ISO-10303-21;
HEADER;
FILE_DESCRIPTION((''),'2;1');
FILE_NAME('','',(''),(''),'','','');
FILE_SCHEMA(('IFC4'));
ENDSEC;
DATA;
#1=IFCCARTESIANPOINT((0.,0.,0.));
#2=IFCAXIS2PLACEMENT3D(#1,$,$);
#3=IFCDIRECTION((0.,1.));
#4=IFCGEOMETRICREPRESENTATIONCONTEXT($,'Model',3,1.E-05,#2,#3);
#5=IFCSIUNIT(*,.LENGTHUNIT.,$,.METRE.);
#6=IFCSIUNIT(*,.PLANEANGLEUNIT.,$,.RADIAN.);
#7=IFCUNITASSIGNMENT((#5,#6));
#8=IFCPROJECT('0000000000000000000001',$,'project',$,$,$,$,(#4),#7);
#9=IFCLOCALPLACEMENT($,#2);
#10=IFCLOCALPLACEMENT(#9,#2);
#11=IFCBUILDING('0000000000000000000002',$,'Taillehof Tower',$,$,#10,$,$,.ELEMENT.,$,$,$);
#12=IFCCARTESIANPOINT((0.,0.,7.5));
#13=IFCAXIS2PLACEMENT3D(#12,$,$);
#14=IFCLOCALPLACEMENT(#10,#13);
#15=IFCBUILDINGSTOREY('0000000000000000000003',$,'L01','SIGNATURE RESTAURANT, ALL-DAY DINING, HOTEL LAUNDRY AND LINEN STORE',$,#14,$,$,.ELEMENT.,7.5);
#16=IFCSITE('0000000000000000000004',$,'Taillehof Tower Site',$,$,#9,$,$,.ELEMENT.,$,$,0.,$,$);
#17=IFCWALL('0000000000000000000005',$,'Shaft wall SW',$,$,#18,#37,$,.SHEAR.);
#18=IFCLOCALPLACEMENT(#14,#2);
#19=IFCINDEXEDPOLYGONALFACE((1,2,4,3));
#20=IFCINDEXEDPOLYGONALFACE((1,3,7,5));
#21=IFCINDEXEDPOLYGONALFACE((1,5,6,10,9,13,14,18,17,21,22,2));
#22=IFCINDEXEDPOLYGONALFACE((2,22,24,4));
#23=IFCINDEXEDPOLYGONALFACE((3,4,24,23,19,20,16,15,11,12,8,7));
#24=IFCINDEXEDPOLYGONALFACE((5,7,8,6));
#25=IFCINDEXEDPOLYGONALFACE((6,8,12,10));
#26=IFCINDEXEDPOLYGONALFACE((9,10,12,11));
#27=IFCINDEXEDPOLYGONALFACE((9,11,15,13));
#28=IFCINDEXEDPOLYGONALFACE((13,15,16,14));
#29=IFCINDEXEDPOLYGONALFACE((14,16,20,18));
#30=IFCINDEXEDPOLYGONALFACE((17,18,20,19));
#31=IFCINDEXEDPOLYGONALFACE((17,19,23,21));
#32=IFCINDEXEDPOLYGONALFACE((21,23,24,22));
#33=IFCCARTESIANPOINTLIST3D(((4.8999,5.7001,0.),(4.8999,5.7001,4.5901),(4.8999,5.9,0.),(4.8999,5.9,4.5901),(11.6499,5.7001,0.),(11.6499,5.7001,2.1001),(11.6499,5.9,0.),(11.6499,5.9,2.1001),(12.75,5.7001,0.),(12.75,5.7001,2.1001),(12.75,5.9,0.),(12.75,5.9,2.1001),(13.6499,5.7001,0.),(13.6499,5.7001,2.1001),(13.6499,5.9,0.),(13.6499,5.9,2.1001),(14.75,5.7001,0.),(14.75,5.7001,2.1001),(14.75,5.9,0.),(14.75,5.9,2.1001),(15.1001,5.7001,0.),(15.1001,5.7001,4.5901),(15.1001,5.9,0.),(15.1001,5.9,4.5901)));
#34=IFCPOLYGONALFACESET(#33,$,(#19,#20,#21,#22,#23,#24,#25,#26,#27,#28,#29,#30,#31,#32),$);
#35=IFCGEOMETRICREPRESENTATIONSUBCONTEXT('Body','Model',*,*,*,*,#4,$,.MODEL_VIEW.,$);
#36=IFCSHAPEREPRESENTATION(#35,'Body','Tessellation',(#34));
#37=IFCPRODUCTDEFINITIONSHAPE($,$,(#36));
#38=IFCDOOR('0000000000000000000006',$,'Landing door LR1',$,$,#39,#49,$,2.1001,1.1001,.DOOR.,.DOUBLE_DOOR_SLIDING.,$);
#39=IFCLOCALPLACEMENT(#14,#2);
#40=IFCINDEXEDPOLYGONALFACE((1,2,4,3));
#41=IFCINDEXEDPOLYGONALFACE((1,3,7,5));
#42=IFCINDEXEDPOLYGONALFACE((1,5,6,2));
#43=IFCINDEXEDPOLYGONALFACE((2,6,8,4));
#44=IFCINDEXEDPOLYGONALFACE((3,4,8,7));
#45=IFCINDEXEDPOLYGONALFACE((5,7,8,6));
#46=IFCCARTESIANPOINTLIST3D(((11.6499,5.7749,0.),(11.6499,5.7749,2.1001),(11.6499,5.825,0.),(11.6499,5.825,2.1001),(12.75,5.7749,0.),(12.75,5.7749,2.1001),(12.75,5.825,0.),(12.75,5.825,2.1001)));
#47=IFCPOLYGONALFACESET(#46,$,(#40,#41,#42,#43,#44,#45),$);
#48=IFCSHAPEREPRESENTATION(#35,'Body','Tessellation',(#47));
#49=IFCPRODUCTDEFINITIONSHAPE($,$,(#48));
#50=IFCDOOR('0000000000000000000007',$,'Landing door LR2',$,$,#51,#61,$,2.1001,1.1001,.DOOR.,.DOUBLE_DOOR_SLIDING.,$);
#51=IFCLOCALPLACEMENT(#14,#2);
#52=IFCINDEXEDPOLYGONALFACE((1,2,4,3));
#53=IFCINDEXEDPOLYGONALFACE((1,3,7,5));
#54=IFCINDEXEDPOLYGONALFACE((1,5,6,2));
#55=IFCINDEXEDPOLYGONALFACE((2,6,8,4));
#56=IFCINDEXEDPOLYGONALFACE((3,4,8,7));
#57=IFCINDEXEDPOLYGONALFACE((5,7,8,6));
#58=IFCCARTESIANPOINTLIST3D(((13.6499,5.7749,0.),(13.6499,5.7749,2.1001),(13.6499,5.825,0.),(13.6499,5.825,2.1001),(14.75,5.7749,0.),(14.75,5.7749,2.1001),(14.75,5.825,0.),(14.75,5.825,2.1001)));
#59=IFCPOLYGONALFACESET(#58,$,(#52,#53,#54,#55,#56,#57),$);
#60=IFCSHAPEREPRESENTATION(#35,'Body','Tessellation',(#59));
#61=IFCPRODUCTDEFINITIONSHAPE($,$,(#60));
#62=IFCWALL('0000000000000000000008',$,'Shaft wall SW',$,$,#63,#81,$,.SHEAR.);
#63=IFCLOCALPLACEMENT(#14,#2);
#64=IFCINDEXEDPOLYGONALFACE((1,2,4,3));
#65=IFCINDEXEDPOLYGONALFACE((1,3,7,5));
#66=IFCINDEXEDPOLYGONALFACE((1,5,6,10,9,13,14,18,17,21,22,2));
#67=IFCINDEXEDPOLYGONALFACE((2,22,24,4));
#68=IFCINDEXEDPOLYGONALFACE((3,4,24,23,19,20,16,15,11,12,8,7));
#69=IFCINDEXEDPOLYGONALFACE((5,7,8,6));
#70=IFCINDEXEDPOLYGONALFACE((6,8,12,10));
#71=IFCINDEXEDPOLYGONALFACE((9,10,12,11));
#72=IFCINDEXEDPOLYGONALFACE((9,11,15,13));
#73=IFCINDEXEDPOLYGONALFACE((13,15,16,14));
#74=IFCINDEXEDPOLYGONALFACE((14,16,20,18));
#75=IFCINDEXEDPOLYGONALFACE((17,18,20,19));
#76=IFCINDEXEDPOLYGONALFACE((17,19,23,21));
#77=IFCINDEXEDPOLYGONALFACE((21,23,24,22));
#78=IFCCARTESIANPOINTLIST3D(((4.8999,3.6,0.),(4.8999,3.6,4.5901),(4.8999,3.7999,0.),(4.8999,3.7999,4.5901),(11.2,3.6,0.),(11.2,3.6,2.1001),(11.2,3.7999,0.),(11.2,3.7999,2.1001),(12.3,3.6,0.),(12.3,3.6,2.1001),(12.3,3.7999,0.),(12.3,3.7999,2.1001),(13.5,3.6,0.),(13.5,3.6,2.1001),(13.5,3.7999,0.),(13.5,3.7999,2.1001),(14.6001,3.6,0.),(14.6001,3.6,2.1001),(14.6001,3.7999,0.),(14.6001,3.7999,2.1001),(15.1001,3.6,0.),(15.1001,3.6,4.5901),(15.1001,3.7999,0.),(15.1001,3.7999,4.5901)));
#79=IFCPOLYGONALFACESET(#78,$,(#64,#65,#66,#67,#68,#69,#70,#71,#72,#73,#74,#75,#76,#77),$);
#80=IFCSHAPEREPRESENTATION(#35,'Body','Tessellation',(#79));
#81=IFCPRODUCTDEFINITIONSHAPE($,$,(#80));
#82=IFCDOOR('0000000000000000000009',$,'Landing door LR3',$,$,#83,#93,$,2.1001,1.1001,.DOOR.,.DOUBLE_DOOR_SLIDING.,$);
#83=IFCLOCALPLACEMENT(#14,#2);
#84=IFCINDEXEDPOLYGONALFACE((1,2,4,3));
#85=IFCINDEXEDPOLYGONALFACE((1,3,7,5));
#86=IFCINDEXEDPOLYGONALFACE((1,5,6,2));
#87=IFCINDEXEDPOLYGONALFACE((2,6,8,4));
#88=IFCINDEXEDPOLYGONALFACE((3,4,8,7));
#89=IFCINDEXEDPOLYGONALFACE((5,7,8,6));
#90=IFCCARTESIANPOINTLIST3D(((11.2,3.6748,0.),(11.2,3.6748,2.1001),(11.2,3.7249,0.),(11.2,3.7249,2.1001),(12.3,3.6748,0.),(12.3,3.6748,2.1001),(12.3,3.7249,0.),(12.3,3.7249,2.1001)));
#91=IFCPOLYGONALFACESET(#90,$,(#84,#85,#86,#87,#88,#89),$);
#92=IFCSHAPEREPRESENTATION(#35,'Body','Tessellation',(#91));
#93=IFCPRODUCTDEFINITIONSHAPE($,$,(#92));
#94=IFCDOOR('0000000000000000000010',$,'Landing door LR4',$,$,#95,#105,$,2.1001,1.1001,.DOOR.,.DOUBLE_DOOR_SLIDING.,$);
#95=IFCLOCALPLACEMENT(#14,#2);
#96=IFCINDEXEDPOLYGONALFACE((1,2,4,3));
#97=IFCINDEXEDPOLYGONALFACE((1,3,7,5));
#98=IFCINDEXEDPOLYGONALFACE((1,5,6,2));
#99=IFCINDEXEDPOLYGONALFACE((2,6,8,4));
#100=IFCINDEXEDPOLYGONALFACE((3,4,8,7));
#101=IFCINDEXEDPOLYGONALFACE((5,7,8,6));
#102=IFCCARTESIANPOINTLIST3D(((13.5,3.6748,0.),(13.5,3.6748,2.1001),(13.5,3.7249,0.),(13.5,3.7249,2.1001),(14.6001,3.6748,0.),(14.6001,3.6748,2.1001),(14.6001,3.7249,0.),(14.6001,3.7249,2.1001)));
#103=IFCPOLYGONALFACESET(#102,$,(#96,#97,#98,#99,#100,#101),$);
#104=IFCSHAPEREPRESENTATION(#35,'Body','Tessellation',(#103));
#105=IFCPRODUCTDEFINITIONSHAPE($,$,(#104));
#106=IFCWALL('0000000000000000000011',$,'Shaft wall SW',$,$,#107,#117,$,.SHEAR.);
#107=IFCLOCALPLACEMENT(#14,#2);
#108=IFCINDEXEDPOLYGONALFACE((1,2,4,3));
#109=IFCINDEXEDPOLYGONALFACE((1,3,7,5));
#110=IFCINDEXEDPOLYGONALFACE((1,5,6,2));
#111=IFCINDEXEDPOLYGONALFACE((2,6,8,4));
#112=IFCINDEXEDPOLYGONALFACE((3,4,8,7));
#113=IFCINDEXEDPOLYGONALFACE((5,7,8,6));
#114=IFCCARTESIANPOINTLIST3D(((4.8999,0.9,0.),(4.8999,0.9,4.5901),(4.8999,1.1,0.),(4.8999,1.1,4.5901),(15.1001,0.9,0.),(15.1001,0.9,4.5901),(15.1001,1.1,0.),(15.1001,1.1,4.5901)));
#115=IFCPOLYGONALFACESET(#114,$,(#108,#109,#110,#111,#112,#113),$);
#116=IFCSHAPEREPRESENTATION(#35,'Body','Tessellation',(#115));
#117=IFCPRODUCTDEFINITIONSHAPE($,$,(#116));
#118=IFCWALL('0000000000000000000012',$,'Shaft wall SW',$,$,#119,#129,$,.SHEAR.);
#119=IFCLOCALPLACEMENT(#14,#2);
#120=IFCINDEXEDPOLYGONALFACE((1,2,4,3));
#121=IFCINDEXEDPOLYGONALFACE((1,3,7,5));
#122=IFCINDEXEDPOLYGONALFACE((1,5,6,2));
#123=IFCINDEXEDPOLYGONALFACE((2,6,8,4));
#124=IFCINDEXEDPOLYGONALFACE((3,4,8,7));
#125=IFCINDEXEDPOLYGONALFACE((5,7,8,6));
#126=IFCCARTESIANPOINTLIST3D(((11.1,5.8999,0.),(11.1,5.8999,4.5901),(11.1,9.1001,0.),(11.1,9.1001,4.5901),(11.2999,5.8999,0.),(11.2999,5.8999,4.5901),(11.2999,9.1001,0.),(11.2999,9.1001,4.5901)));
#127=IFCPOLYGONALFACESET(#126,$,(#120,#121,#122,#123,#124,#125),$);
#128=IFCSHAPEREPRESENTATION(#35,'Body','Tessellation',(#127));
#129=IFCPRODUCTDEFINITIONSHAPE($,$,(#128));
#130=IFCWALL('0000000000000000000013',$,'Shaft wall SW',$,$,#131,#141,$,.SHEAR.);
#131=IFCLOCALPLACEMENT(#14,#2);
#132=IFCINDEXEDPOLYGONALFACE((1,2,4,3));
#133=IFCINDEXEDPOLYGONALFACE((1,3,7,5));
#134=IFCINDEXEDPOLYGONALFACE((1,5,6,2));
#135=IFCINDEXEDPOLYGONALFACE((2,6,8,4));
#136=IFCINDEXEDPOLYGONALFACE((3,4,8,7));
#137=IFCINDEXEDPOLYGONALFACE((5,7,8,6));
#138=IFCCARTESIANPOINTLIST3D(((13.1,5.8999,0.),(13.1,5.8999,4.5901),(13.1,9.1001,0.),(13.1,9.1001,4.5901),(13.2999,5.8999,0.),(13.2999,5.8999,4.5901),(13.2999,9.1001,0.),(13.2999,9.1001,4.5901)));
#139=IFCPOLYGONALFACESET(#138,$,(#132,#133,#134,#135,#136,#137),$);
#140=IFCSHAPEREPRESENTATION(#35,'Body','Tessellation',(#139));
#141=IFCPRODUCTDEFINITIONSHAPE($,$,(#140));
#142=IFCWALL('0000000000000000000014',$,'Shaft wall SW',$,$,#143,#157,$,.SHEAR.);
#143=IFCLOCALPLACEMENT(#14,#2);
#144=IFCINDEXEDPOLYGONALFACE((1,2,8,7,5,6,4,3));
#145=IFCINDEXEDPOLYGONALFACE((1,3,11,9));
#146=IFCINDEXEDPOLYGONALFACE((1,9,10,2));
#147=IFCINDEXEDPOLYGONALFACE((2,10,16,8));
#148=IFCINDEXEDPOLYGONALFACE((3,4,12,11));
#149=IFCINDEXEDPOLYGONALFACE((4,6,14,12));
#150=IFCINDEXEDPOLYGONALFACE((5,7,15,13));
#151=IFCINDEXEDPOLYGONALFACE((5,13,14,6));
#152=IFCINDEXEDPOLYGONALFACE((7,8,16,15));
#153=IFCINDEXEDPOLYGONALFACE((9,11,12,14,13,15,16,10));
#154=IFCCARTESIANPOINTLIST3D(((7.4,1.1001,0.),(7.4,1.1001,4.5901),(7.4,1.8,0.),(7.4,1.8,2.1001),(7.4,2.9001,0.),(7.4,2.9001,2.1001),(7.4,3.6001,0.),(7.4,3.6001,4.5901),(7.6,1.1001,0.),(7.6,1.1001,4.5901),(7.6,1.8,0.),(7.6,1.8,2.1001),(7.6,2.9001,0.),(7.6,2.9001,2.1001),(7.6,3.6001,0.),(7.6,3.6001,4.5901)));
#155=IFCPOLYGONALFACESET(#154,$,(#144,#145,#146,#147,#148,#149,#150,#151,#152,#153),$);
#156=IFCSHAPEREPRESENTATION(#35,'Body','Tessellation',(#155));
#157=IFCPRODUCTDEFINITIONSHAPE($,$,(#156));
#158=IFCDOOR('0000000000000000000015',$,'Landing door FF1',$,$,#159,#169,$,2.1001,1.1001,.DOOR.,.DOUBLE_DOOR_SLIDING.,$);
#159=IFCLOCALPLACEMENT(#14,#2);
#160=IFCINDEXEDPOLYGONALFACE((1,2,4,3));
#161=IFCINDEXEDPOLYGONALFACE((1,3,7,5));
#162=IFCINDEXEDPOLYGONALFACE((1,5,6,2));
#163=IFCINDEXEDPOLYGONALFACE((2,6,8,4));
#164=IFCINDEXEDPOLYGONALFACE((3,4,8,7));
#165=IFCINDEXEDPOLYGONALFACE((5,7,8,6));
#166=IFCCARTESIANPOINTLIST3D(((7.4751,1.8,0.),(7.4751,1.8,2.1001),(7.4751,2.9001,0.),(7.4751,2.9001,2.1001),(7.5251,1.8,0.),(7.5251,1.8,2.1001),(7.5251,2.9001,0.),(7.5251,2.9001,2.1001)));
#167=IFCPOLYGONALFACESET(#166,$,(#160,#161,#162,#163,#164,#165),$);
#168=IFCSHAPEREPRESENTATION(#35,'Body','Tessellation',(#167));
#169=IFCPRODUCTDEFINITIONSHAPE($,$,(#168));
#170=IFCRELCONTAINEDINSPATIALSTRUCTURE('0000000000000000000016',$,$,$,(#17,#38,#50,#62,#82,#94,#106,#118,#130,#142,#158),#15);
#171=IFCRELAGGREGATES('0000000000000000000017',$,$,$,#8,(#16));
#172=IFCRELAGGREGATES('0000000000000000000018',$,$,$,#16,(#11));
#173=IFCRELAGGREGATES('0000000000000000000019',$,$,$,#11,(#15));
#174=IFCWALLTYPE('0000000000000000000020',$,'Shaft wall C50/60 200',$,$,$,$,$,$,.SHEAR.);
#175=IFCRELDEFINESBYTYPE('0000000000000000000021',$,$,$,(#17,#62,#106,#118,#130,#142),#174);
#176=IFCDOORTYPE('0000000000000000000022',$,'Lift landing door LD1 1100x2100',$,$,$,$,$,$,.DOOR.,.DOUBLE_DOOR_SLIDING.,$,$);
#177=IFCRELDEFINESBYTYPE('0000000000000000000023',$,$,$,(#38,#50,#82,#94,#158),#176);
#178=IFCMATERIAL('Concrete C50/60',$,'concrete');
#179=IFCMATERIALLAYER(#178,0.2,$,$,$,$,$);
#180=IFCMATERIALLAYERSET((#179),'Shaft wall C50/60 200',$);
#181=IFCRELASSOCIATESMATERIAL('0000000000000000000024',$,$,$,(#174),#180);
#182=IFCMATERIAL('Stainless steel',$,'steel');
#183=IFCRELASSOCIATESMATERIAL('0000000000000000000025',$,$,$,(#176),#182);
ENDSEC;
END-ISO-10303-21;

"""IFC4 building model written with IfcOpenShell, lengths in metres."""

from ifc_helpers import new_model, si_unit, direction, frame, frame_2d, origin, place, context, subcontext, project, spatial, rectangle, extrude, material, layer, layer_set, type_object, element, fill, save


model = new_model("IFC4")

# Units and contexts
model_context = context("Model", 3, precision=1e-05, world=origin(), true_north=direction((0.0, 1.0)))
body_context = subcontext(model_context, "Body", "Model", "MODEL_VIEW")
ifc_project = project(units=[si_unit("LENGTHUNIT", "METRE"), si_unit("PLANEANGLEUNIT", "RADIAN")], contexts=[model_context])

# Site, building, storey
site_placement = place(None, origin())
site = spatial("IfcSite", under=ifc_project, at=site_placement, Name="Taillehof Tower Site", CompositionType="ELEMENT", RefElevation=0.0)
building_placement = place(site_placement, origin())
building = spatial("IfcBuilding", under=site, at=building_placement, Name="Taillehof Tower", CompositionType="ELEMENT")
storey_placement = place(building_placement, frame((0.0, 0.0, 7.5)))
storey = spatial("IfcBuildingStorey", under=building, at=storey_placement, Name="L01", Description="SIGNATURE RESTAURANT, ALL-DAY DINING, HOTEL LAUNDRY AND LINEN STORE", CompositionType="ELEMENT", Elevation=7.5)

# Walls, openings, doors
ifc_material_1 = material(Name="Concrete C50/60", Category="concrete")
ifc_layer_1 = layer(ifc_material_1, 0.2)
ifc_layer_set_1 = layer_set([ifc_layer_1], Name="Shaft wall C50/60 200")
wall_type_1 = type_object("IfcWallType", Name="Shaft wall C50/60 200", PredefinedType="SHEAR", material=ifc_layer_set_1)
wall_1_placement = place(storey_placement, frame((4.8999, 5.8, 0.0), z_axis=(0.0, 0.0, 1.0), x_axis=(1.0, 0.0, 0.0)))
wall_1 = element("IfcWall", 1, at=wall_1_placement, inside=storey, type_object=wall_type_1, Name="Shaft wall SW", PredefinedType="SHEAR", context=body_context, shape_type="SweptSolid", body=[
    extrude(rectangle(XDim=10.2002, YDim=0.2, at=frame_2d((5.1001, 0.0))), origin(), (0.0, 0.0, 1.0), 4.5901),
])
opening_1_placement = place(wall_1_placement, frame((6.75, 0.0, 0.0)))
opening_1 = element("IfcOpeningElement", 2, at=opening_1_placement, cuts=wall_1, PredefinedType="OPENING", context=body_context, shape_type="SweptSolid", body=[
    extrude(rectangle(XDim=1.1001, YDim=2.1001, at=frame_2d((0.55, 1.05))), frame((0.0, 0.1099, 0.0), z_axis=(0.0, -1.0, 0.0), x_axis=(1.0, 0.0, 0.0)), (0.0, 0.0, 1.0), 0.22),
])
opening_2_placement = place(wall_1_placement, frame((8.75, 0.0, 0.0)))
opening_2 = element("IfcOpeningElement", 3, at=opening_2_placement, cuts=wall_1, PredefinedType="OPENING", context=body_context, shape_type="SweptSolid", body=[
    extrude(rectangle(XDim=1.1001, YDim=2.1001, at=frame_2d((0.55, 1.05))), frame((0.0, 0.1099, 0.0), z_axis=(0.0, -1.0, 0.0), x_axis=(1.0, 0.0, 0.0)), (0.0, 0.0, 1.0), 0.22),
])
ifc_material_2 = material(Name="Stainless steel", Category="steel")
door_type_1 = type_object("IfcDoorType", Name="Lift landing door LD1 1100x2100", OperationType="DOUBLE_DOOR_SLIDING", PredefinedType="DOOR", material=ifc_material_2)
door_1_placement = place(opening_1_placement, origin())
door_1 = element("IfcDoor", 4, at=door_1_placement, inside=storey, type_object=door_type_1, Name="Landing door LR1", OperationType="DOUBLE_DOOR_SLIDING", OverallHeight=2.1001, OverallWidth=1.1001, PredefinedType="DOOR", context=body_context, shape_type="SweptSolid", body=[
    extrude(rectangle(XDim=1.1001, YDim=2.1001, at=frame_2d((0.55, 1.05))), frame((0.0, 0.0249, 0.0), z_axis=(0.0, -1.0, 0.0), x_axis=(1.0, 0.0, 0.0)), (0.0, 0.0, 1.0), 0.05),
])
fill(opening_1, door_1)
door_2_placement = place(opening_2_placement, origin())
door_2 = element("IfcDoor", 5, at=door_2_placement, inside=storey, type_object=door_type_1, Name="Landing door LR2", OperationType="DOUBLE_DOOR_SLIDING", OverallHeight=2.1001, OverallWidth=1.1001, PredefinedType="DOOR", context=body_context, shape_type="SweptSolid", body=[
    extrude(rectangle(XDim=1.1001, YDim=2.1001, at=frame_2d((0.55, 1.05))), frame((0.0, 0.0249, 0.0), z_axis=(0.0, -1.0, 0.0), x_axis=(1.0, 0.0, 0.0)), (0.0, 0.0, 1.0), 0.05),
])
fill(opening_2, door_2)
wall_2_placement = place(storey_placement, frame((4.8999, 3.7, 0.0), z_axis=(0.0, 0.0, 1.0), x_axis=(1.0, 0.0, 0.0)))
wall_2 = element("IfcWall", 6, at=wall_2_placement, inside=storey, type_object=wall_type_1, Name="Shaft wall SW", PredefinedType="SHEAR", context=body_context, shape_type="SweptSolid", body=[
    extrude(rectangle(XDim=10.2002, YDim=0.2, at=frame_2d((5.1001, 0.0))), origin(), (0.0, 0.0, 1.0), 4.5901),
])
opening_3_placement = place(wall_2_placement, frame((6.3, 0.0, 0.0)))
opening_3 = element("IfcOpeningElement", 7, at=opening_3_placement, cuts=wall_2, PredefinedType="OPENING", context=body_context, shape_type="SweptSolid", body=[
    extrude(rectangle(XDim=1.1001, YDim=2.1001, at=frame_2d((0.55, 1.05))), frame((0.0, 0.1099, 0.0), z_axis=(0.0, -1.0, 0.0), x_axis=(1.0, 0.0, 0.0)), (0.0, 0.0, 1.0), 0.22),
])
opening_4_placement = place(wall_2_placement, frame((8.6001, 0.0, 0.0)))
opening_4 = element("IfcOpeningElement", 8, at=opening_4_placement, cuts=wall_2, PredefinedType="OPENING", context=body_context, shape_type="SweptSolid", body=[
    extrude(rectangle(XDim=1.1001, YDim=2.1001, at=frame_2d((0.55, 1.05))), frame((0.0, 0.1099, 0.0), z_axis=(0.0, -1.0, 0.0), x_axis=(1.0, 0.0, 0.0)), (0.0, 0.0, 1.0), 0.22),
])
door_3_placement = place(opening_3_placement, origin())
door_3 = element("IfcDoor", 9, at=door_3_placement, inside=storey, type_object=door_type_1, Name="Landing door LR3", OperationType="DOUBLE_DOOR_SLIDING", OverallHeight=2.1001, OverallWidth=1.1001, PredefinedType="DOOR", context=body_context, shape_type="SweptSolid", body=[
    extrude(rectangle(XDim=1.1001, YDim=2.1001, at=frame_2d((0.55, 1.05))), frame((0.0, 0.0249, 0.0), z_axis=(0.0, -1.0, 0.0), x_axis=(1.0, 0.0, 0.0)), (0.0, 0.0, 1.0), 0.05),
])
fill(opening_3, door_3)
door_4_placement = place(opening_4_placement, origin())
door_4 = element("IfcDoor", 10, at=door_4_placement, inside=storey, type_object=door_type_1, Name="Landing door LR4", OperationType="DOUBLE_DOOR_SLIDING", OverallHeight=2.1001, OverallWidth=1.1001, PredefinedType="DOOR", context=body_context, shape_type="SweptSolid", body=[
    extrude(rectangle(XDim=1.1001, YDim=2.1001, at=frame_2d((0.55, 1.05))), frame((0.0, 0.0249, 0.0), z_axis=(0.0, -1.0, 0.0), x_axis=(1.0, 0.0, 0.0)), (0.0, 0.0, 1.0), 0.05),
])
fill(opening_4, door_4)

# Walls
wall_3_placement = place(storey_placement, frame((4.8999, 1.0, 0.0), z_axis=(0.0, 0.0, 1.0), x_axis=(1.0, 0.0, 0.0)))
element("IfcWall", 11, at=wall_3_placement, inside=storey, type_object=wall_type_1, Name="Shaft wall SW", PredefinedType="SHEAR", context=body_context, shape_type="SweptSolid", body=[
    extrude(rectangle(XDim=10.2002, YDim=0.2, at=frame_2d((5.1001, 0.0))), origin(), (0.0, 0.0, 1.0), 4.5901),
])
for number, where, z_axis, x_axis, name in (
    (12, (11.2, 5.8999, 0.0), (0.0, 0.0, 1.0), (0.0, 1.0, 0.0), "Shaft wall SW"),
    (13, (13.2, 5.8999, 0.0), (0.0, 0.0, 1.0), (0.0, 1.0, 0.0), "Shaft wall SW"),
):
    element("IfcWall", number, at=place(storey_placement, frame(where, z_axis=z_axis, x_axis=x_axis)), inside=storey, type_object=wall_type_1, Name=name, PredefinedType="SHEAR", context=body_context, shape_type="SweptSolid", body=[
        extrude(rectangle(XDim=3.2002, YDim=0.2, at=frame_2d((1.6001, 0.0))), origin(), (0.0, 0.0, 1.0), 4.5901),
    ])

# Wall, opening, door
wall_4_placement = place(storey_placement, frame((7.5, 1.1001, 0.0), z_axis=(0.0, 0.0, 1.0), x_axis=(0.0, 1.0, 0.0)))
wall_4 = element("IfcWall", 14, at=wall_4_placement, inside=storey, type_object=wall_type_1, Name="Shaft wall SW", PredefinedType="SHEAR", context=body_context, shape_type="SweptSolid", body=[
    extrude(rectangle(XDim=2.5, YDim=0.2, at=frame_2d((1.25, 0.0))), origin(), (0.0, 0.0, 1.0), 4.5901),
])
opening_5_placement = place(wall_4_placement, frame((0.7, 0.0, 0.0)))
opening_5 = element("IfcOpeningElement", 15, at=opening_5_placement, cuts=wall_4, PredefinedType="OPENING", context=body_context, shape_type="SweptSolid", body=[
    extrude(rectangle(XDim=1.1001, YDim=2.1001, at=frame_2d((0.55, 1.05))), frame((0.0, 0.1099, 0.0), z_axis=(0.0, -1.0, 0.0), x_axis=(1.0, 0.0, 0.0)), (0.0, 0.0, 1.0), 0.22),
])
door_5_placement = place(opening_5_placement, origin())
door_5 = element("IfcDoor", 16, at=door_5_placement, inside=storey, type_object=door_type_1, Name="Landing door FF1", OperationType="DOUBLE_DOOR_SLIDING", OverallHeight=2.1001, OverallWidth=1.1001, PredefinedType="DOOR", context=body_context, shape_type="SweptSolid", body=[
    extrude(rectangle(XDim=1.1001, YDim=2.1001, at=frame_2d((0.55, 1.05))), frame((0.0, 0.0249, 0.0), z_axis=(0.0, -1.0, 0.0), x_axis=(1.0, 0.0, 0.0)), (0.0, 0.0, 1.0), 0.05),
])
fill(opening_5, door_5)

save(model, "model.ifc")
